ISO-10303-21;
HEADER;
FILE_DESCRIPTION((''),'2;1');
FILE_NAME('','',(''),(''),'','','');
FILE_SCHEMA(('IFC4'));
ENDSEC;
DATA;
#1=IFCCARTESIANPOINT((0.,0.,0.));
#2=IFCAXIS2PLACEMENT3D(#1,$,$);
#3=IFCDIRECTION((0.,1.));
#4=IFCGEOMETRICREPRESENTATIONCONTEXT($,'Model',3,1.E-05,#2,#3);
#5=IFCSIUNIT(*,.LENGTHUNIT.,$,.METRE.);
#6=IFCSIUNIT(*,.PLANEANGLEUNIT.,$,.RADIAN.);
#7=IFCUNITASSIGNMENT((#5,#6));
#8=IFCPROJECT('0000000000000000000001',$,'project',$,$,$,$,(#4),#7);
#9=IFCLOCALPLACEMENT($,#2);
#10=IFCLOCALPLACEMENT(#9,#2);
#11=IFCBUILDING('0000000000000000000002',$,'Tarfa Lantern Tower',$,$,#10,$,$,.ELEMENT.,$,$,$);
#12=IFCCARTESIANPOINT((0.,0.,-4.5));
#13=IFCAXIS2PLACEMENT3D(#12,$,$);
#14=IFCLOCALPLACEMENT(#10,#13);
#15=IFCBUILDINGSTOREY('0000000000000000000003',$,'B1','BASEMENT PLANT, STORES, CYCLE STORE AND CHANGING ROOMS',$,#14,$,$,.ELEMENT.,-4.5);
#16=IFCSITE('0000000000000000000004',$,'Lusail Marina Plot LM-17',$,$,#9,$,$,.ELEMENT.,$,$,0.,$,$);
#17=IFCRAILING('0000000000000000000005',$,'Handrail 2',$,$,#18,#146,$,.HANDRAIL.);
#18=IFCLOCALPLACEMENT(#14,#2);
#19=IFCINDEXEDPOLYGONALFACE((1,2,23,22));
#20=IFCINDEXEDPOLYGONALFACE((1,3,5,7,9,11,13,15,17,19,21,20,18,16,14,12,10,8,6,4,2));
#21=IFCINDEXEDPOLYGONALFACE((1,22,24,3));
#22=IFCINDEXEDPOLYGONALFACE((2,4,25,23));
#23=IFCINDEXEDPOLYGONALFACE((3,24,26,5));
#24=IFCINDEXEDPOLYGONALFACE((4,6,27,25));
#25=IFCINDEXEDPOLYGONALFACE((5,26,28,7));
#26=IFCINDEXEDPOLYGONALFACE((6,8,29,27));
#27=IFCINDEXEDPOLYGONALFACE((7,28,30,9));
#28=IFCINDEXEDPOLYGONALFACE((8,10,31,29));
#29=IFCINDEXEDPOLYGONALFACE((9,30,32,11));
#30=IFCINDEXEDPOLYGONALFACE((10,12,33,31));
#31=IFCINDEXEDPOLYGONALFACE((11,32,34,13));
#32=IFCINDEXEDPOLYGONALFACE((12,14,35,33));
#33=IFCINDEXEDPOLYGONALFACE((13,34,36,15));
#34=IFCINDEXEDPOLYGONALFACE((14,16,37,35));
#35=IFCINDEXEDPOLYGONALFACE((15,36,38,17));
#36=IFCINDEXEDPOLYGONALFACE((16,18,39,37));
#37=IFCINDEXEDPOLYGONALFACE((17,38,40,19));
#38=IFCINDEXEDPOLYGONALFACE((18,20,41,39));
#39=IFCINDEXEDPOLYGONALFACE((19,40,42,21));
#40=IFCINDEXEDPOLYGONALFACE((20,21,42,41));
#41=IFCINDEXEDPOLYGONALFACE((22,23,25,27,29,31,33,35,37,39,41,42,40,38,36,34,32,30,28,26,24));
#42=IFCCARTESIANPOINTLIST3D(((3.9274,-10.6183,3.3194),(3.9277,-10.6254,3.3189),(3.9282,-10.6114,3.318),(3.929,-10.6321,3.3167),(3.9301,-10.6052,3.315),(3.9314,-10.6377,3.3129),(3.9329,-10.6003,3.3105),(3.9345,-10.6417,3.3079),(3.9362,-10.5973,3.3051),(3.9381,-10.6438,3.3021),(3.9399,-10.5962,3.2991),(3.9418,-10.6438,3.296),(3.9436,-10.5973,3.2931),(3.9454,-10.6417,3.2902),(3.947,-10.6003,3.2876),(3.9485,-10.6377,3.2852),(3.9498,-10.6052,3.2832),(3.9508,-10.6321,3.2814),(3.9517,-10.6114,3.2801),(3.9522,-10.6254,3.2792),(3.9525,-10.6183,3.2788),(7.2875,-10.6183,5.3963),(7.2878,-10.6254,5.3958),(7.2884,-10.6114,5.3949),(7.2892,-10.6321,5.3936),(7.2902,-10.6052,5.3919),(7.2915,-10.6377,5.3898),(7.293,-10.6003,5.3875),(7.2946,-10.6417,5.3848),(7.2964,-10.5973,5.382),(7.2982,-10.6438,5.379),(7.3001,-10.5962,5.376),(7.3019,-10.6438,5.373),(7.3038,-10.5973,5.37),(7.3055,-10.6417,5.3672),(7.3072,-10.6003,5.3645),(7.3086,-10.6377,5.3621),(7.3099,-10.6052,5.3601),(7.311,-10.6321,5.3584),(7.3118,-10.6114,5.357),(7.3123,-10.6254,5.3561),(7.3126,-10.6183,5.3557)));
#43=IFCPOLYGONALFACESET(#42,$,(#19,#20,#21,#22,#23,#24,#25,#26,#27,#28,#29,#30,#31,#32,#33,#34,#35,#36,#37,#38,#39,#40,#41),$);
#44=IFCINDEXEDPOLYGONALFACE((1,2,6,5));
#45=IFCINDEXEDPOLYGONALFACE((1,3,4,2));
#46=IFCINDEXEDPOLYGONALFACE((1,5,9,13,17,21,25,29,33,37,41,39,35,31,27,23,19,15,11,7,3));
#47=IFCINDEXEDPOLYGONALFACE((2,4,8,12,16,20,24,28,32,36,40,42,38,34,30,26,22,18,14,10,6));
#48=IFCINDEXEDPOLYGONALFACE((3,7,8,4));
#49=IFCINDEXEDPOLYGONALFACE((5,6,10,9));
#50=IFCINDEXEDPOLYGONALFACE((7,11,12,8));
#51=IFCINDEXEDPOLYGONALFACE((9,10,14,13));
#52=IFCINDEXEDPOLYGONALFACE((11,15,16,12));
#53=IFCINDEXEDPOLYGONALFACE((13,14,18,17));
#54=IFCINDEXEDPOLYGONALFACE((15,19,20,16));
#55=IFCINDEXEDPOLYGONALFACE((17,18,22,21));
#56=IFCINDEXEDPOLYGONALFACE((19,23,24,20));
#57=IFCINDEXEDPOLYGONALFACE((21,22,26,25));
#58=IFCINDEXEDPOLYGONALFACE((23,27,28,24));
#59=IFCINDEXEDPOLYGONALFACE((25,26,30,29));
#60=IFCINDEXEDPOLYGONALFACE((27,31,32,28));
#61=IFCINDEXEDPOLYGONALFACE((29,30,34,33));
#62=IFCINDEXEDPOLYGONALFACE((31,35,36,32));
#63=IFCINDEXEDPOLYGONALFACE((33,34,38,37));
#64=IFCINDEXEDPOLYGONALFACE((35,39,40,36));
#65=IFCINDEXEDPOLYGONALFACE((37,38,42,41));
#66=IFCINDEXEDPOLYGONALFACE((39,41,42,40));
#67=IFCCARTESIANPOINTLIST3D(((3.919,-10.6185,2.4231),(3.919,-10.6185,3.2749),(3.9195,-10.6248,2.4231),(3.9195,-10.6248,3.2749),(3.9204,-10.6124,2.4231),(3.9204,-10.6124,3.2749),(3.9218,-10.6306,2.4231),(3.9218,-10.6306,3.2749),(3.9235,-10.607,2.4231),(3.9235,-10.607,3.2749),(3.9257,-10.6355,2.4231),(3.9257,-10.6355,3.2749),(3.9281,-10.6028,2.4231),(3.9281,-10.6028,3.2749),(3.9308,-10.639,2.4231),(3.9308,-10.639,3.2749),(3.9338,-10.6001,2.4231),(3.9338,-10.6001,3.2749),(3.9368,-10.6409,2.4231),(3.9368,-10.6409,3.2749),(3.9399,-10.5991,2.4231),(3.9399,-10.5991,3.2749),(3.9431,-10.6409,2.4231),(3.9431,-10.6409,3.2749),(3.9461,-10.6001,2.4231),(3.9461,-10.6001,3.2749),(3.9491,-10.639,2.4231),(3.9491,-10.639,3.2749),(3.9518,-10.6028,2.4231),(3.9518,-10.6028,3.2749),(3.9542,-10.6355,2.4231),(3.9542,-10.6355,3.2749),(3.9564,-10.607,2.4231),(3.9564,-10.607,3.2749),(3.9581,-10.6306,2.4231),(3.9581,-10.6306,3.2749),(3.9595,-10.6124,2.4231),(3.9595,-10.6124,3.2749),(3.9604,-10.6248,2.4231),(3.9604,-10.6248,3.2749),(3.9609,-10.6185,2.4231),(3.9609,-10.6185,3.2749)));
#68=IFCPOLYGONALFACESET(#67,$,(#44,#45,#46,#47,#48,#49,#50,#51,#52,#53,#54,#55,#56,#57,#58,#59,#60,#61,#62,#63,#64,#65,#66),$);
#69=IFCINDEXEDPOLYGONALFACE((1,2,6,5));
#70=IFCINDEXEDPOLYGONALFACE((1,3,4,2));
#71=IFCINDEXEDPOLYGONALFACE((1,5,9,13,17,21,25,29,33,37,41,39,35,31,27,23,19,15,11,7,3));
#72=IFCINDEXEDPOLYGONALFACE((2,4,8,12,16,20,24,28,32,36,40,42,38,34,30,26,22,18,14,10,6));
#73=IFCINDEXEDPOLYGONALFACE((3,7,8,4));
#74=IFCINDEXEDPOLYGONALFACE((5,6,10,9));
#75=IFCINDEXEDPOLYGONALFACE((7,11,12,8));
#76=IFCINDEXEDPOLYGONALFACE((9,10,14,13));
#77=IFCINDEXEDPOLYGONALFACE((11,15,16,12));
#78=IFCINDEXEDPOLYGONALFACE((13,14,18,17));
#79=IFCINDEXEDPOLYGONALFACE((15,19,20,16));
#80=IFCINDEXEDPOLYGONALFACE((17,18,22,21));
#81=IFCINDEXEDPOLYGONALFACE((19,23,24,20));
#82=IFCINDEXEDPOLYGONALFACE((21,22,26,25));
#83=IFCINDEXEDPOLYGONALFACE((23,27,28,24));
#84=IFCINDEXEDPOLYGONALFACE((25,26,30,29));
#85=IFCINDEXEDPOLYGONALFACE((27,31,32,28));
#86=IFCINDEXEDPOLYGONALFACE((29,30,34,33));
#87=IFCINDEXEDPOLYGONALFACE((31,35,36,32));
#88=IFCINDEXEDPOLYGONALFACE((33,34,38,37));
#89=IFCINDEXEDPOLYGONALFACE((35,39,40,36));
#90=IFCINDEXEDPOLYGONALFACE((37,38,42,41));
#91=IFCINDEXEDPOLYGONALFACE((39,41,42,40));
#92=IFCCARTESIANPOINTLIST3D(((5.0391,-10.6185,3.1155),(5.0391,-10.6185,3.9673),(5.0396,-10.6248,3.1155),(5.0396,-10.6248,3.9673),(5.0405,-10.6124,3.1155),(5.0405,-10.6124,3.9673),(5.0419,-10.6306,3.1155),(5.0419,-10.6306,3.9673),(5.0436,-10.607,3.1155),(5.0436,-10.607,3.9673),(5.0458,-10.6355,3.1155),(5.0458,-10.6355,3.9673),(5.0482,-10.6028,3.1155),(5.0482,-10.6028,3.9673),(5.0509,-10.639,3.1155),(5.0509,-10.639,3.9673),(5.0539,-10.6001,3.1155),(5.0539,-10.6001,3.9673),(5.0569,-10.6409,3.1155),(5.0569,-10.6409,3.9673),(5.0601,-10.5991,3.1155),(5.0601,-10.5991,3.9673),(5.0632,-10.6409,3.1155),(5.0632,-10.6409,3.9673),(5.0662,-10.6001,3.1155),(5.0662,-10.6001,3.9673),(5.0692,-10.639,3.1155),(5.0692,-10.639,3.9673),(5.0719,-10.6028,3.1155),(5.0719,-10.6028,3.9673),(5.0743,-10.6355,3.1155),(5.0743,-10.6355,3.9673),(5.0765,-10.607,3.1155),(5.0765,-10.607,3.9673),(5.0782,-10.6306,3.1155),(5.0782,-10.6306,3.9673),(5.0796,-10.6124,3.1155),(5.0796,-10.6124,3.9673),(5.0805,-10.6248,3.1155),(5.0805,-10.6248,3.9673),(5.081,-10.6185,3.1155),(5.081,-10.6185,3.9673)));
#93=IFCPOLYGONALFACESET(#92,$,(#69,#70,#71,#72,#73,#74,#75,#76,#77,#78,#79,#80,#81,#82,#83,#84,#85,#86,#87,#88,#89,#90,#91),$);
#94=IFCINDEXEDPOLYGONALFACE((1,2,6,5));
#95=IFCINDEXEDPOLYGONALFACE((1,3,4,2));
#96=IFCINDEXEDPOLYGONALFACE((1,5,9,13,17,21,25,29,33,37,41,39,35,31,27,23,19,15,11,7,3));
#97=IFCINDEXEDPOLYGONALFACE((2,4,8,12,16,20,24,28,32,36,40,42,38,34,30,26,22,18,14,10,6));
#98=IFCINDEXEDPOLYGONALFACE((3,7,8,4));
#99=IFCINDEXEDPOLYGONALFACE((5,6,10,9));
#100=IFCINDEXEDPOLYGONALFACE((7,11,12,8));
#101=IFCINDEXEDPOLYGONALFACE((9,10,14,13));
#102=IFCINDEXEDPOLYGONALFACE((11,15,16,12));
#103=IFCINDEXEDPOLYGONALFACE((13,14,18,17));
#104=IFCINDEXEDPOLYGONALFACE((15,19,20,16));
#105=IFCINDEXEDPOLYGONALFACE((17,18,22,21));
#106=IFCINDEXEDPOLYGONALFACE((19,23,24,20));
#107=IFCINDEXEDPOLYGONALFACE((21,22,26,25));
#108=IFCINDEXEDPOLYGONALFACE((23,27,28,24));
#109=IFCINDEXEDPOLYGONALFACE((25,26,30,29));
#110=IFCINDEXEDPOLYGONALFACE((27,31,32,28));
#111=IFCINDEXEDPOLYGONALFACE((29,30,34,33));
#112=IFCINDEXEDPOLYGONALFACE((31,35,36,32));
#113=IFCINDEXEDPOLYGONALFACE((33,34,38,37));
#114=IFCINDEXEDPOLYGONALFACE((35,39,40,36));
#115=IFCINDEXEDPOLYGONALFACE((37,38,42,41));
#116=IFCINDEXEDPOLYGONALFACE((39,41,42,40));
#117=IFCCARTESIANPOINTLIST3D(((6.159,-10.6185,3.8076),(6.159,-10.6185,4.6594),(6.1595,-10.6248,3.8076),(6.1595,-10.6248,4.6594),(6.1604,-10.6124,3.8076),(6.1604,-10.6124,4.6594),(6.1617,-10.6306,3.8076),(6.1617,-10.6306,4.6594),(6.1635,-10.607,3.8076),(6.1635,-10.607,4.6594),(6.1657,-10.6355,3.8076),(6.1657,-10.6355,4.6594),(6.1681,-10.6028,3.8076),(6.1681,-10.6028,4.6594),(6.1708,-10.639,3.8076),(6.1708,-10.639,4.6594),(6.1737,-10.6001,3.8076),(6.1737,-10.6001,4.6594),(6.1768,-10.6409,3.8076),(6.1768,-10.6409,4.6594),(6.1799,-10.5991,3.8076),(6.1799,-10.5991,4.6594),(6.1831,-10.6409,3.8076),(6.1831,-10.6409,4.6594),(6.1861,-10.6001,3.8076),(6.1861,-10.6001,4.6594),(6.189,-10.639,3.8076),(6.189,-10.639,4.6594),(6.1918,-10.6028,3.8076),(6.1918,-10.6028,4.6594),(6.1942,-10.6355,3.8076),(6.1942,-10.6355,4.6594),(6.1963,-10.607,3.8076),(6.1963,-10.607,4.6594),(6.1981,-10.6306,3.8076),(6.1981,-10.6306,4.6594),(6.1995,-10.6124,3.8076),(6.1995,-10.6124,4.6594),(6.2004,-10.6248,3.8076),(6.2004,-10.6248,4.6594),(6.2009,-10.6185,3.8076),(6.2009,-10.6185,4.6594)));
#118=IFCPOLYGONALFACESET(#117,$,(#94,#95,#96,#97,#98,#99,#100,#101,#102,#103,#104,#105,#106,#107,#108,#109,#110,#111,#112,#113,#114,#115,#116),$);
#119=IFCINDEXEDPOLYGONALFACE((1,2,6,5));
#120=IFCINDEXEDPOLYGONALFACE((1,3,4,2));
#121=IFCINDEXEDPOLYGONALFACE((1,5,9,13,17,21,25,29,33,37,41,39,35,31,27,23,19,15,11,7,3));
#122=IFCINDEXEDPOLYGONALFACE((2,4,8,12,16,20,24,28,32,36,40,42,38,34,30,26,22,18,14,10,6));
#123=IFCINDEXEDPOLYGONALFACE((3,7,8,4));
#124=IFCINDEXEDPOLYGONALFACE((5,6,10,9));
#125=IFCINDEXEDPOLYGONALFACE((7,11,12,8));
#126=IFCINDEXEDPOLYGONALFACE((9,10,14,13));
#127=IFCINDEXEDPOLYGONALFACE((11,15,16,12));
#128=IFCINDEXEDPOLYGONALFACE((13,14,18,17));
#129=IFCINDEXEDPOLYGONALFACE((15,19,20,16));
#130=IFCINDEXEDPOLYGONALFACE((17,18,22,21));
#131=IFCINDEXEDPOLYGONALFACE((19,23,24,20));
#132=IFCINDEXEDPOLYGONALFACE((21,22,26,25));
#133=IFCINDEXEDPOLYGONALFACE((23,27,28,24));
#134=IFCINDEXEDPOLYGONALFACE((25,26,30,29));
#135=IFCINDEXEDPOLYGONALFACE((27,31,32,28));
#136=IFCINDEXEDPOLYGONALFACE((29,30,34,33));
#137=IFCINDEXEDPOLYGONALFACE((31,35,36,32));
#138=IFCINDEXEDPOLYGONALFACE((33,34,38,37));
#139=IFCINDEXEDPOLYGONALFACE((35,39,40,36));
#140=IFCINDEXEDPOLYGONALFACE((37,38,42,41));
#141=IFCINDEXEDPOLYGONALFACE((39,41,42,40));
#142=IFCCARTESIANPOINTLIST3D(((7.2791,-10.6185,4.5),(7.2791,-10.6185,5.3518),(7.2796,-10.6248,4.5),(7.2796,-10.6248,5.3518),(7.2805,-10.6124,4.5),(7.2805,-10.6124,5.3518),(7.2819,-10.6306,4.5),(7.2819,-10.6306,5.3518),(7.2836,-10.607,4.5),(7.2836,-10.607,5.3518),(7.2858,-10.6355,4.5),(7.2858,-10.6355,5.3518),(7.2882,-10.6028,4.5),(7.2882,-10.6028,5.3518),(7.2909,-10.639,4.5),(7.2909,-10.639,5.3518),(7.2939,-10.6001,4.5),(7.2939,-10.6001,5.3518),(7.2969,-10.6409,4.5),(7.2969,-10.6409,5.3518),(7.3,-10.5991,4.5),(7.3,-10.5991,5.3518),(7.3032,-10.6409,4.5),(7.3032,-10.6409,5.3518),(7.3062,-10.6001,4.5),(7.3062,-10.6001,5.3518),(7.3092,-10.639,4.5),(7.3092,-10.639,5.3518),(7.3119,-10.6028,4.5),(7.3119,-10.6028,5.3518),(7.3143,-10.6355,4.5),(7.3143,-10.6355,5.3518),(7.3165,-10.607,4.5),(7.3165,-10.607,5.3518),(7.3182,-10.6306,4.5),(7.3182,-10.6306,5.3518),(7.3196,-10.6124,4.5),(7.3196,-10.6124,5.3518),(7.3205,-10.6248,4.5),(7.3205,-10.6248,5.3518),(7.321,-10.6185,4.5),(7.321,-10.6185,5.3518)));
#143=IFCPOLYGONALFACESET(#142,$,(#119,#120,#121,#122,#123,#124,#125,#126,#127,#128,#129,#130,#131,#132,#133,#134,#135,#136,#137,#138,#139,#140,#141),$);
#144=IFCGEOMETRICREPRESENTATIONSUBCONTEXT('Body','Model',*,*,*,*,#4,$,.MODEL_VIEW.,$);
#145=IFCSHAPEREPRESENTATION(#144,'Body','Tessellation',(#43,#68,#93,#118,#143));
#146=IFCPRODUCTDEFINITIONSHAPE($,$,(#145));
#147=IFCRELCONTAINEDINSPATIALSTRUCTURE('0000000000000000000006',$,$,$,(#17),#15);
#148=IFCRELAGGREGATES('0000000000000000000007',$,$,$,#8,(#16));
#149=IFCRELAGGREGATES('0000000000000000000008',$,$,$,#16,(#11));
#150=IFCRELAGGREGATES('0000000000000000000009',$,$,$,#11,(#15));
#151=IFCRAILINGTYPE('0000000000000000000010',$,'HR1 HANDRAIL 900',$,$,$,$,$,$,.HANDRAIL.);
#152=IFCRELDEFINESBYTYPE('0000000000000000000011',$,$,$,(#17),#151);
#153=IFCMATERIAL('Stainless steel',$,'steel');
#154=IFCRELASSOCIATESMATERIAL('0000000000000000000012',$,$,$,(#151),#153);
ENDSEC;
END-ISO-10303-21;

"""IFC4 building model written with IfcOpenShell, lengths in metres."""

from ifc_helpers import new_model, si_unit, direction, frame, origin, origin_2d, place, context, subcontext, project, spatial, circle, extrude, material, type_object, element, save


model = new_model("IFC4")

# Units and contexts
model_context = context("Model", 3, precision=1e-05, world=origin(), true_north=direction((0.0, 1.0)))
body_context = subcontext(model_context, "Body", "Model", "MODEL_VIEW")
ifc_project = project(units=[si_unit("LENGTHUNIT", "METRE"), si_unit("PLANEANGLEUNIT", "RADIAN")], contexts=[model_context])

# Site, building, storey
site_placement = place(None, origin())
site = spatial("IfcSite", under=ifc_project, at=site_placement, Name="Lusail Marina Plot LM-17", CompositionType="ELEMENT", RefElevation=0.0)
building_placement = place(site_placement, origin())
building = spatial("IfcBuilding", under=site, at=building_placement, Name="Tarfa Lantern Tower", CompositionType="ELEMENT")
storey_placement = place(building_placement, frame((0.0, 0.0, -4.5)))
storey = spatial("IfcBuildingStorey", under=building, at=storey_placement, Name="B1", Description="BASEMENT PLANT, STORES, CYCLE STORE AND CHANGING ROOMS", CompositionType="ELEMENT", Elevation=-4.5)

# Railing
ifc_material_1 = material(Name="Stainless steel", Category="steel")
railing_type = type_object("IfcRailingType", Name="HR1 HANDRAIL 900", PredefinedType="HANDRAIL", material=ifc_material_1)
railing_1_placement = place(storey_placement, frame((3.9399, -10.6201, 2.4231)))
element("IfcRailing", 1, at=railing_1_placement, inside=storey, type_object=railing_type, Name="Handrail 2", PredefinedType="HANDRAIL", context=body_context, shape_type="SweptSolid", body=[
    extrude(circle(Radius=0.0239, at=origin_2d()), frame((0.0, 0.0, 0.876), z_axis=(0.850623, 0.0, 0.525776), x_axis=(0.0, 1.0, 0.0)), (0.0, 0.0, 1.0), 3.9502),
    extrude(circle(Radius=0.021, at=origin_2d()), frame((0.0, 0.0, 0.0), z_axis=(0.0, 0.0, 1.0), x_axis=(0.0, 1.0, 0.0)), (0.0, 0.0, 1.0), 0.8518),
    extrude(circle(Radius=0.021, at=origin_2d()), frame((1.1201, 0.0, 0.6924), z_axis=(0.0, 0.0, 1.0), x_axis=(0.0, 1.0, 0.0)), (0.0, 0.0, 1.0), 0.8518),
    extrude(circle(Radius=0.021, at=origin_2d()), frame((2.24, 0.0, 1.3845), z_axis=(0.0, 0.0, 1.0), x_axis=(0.0, 1.0, 0.0)), (0.0, 0.0, 1.0), 0.8518),
    extrude(circle(Radius=0.021, at=origin_2d()), frame((3.3601, 0.0, 2.0769), z_axis=(0.0, 0.0, 1.0), x_axis=(0.0, 1.0, 0.0)), (0.0, 0.0, 1.0), 0.8518),
])

save(model, "model.ifc")
